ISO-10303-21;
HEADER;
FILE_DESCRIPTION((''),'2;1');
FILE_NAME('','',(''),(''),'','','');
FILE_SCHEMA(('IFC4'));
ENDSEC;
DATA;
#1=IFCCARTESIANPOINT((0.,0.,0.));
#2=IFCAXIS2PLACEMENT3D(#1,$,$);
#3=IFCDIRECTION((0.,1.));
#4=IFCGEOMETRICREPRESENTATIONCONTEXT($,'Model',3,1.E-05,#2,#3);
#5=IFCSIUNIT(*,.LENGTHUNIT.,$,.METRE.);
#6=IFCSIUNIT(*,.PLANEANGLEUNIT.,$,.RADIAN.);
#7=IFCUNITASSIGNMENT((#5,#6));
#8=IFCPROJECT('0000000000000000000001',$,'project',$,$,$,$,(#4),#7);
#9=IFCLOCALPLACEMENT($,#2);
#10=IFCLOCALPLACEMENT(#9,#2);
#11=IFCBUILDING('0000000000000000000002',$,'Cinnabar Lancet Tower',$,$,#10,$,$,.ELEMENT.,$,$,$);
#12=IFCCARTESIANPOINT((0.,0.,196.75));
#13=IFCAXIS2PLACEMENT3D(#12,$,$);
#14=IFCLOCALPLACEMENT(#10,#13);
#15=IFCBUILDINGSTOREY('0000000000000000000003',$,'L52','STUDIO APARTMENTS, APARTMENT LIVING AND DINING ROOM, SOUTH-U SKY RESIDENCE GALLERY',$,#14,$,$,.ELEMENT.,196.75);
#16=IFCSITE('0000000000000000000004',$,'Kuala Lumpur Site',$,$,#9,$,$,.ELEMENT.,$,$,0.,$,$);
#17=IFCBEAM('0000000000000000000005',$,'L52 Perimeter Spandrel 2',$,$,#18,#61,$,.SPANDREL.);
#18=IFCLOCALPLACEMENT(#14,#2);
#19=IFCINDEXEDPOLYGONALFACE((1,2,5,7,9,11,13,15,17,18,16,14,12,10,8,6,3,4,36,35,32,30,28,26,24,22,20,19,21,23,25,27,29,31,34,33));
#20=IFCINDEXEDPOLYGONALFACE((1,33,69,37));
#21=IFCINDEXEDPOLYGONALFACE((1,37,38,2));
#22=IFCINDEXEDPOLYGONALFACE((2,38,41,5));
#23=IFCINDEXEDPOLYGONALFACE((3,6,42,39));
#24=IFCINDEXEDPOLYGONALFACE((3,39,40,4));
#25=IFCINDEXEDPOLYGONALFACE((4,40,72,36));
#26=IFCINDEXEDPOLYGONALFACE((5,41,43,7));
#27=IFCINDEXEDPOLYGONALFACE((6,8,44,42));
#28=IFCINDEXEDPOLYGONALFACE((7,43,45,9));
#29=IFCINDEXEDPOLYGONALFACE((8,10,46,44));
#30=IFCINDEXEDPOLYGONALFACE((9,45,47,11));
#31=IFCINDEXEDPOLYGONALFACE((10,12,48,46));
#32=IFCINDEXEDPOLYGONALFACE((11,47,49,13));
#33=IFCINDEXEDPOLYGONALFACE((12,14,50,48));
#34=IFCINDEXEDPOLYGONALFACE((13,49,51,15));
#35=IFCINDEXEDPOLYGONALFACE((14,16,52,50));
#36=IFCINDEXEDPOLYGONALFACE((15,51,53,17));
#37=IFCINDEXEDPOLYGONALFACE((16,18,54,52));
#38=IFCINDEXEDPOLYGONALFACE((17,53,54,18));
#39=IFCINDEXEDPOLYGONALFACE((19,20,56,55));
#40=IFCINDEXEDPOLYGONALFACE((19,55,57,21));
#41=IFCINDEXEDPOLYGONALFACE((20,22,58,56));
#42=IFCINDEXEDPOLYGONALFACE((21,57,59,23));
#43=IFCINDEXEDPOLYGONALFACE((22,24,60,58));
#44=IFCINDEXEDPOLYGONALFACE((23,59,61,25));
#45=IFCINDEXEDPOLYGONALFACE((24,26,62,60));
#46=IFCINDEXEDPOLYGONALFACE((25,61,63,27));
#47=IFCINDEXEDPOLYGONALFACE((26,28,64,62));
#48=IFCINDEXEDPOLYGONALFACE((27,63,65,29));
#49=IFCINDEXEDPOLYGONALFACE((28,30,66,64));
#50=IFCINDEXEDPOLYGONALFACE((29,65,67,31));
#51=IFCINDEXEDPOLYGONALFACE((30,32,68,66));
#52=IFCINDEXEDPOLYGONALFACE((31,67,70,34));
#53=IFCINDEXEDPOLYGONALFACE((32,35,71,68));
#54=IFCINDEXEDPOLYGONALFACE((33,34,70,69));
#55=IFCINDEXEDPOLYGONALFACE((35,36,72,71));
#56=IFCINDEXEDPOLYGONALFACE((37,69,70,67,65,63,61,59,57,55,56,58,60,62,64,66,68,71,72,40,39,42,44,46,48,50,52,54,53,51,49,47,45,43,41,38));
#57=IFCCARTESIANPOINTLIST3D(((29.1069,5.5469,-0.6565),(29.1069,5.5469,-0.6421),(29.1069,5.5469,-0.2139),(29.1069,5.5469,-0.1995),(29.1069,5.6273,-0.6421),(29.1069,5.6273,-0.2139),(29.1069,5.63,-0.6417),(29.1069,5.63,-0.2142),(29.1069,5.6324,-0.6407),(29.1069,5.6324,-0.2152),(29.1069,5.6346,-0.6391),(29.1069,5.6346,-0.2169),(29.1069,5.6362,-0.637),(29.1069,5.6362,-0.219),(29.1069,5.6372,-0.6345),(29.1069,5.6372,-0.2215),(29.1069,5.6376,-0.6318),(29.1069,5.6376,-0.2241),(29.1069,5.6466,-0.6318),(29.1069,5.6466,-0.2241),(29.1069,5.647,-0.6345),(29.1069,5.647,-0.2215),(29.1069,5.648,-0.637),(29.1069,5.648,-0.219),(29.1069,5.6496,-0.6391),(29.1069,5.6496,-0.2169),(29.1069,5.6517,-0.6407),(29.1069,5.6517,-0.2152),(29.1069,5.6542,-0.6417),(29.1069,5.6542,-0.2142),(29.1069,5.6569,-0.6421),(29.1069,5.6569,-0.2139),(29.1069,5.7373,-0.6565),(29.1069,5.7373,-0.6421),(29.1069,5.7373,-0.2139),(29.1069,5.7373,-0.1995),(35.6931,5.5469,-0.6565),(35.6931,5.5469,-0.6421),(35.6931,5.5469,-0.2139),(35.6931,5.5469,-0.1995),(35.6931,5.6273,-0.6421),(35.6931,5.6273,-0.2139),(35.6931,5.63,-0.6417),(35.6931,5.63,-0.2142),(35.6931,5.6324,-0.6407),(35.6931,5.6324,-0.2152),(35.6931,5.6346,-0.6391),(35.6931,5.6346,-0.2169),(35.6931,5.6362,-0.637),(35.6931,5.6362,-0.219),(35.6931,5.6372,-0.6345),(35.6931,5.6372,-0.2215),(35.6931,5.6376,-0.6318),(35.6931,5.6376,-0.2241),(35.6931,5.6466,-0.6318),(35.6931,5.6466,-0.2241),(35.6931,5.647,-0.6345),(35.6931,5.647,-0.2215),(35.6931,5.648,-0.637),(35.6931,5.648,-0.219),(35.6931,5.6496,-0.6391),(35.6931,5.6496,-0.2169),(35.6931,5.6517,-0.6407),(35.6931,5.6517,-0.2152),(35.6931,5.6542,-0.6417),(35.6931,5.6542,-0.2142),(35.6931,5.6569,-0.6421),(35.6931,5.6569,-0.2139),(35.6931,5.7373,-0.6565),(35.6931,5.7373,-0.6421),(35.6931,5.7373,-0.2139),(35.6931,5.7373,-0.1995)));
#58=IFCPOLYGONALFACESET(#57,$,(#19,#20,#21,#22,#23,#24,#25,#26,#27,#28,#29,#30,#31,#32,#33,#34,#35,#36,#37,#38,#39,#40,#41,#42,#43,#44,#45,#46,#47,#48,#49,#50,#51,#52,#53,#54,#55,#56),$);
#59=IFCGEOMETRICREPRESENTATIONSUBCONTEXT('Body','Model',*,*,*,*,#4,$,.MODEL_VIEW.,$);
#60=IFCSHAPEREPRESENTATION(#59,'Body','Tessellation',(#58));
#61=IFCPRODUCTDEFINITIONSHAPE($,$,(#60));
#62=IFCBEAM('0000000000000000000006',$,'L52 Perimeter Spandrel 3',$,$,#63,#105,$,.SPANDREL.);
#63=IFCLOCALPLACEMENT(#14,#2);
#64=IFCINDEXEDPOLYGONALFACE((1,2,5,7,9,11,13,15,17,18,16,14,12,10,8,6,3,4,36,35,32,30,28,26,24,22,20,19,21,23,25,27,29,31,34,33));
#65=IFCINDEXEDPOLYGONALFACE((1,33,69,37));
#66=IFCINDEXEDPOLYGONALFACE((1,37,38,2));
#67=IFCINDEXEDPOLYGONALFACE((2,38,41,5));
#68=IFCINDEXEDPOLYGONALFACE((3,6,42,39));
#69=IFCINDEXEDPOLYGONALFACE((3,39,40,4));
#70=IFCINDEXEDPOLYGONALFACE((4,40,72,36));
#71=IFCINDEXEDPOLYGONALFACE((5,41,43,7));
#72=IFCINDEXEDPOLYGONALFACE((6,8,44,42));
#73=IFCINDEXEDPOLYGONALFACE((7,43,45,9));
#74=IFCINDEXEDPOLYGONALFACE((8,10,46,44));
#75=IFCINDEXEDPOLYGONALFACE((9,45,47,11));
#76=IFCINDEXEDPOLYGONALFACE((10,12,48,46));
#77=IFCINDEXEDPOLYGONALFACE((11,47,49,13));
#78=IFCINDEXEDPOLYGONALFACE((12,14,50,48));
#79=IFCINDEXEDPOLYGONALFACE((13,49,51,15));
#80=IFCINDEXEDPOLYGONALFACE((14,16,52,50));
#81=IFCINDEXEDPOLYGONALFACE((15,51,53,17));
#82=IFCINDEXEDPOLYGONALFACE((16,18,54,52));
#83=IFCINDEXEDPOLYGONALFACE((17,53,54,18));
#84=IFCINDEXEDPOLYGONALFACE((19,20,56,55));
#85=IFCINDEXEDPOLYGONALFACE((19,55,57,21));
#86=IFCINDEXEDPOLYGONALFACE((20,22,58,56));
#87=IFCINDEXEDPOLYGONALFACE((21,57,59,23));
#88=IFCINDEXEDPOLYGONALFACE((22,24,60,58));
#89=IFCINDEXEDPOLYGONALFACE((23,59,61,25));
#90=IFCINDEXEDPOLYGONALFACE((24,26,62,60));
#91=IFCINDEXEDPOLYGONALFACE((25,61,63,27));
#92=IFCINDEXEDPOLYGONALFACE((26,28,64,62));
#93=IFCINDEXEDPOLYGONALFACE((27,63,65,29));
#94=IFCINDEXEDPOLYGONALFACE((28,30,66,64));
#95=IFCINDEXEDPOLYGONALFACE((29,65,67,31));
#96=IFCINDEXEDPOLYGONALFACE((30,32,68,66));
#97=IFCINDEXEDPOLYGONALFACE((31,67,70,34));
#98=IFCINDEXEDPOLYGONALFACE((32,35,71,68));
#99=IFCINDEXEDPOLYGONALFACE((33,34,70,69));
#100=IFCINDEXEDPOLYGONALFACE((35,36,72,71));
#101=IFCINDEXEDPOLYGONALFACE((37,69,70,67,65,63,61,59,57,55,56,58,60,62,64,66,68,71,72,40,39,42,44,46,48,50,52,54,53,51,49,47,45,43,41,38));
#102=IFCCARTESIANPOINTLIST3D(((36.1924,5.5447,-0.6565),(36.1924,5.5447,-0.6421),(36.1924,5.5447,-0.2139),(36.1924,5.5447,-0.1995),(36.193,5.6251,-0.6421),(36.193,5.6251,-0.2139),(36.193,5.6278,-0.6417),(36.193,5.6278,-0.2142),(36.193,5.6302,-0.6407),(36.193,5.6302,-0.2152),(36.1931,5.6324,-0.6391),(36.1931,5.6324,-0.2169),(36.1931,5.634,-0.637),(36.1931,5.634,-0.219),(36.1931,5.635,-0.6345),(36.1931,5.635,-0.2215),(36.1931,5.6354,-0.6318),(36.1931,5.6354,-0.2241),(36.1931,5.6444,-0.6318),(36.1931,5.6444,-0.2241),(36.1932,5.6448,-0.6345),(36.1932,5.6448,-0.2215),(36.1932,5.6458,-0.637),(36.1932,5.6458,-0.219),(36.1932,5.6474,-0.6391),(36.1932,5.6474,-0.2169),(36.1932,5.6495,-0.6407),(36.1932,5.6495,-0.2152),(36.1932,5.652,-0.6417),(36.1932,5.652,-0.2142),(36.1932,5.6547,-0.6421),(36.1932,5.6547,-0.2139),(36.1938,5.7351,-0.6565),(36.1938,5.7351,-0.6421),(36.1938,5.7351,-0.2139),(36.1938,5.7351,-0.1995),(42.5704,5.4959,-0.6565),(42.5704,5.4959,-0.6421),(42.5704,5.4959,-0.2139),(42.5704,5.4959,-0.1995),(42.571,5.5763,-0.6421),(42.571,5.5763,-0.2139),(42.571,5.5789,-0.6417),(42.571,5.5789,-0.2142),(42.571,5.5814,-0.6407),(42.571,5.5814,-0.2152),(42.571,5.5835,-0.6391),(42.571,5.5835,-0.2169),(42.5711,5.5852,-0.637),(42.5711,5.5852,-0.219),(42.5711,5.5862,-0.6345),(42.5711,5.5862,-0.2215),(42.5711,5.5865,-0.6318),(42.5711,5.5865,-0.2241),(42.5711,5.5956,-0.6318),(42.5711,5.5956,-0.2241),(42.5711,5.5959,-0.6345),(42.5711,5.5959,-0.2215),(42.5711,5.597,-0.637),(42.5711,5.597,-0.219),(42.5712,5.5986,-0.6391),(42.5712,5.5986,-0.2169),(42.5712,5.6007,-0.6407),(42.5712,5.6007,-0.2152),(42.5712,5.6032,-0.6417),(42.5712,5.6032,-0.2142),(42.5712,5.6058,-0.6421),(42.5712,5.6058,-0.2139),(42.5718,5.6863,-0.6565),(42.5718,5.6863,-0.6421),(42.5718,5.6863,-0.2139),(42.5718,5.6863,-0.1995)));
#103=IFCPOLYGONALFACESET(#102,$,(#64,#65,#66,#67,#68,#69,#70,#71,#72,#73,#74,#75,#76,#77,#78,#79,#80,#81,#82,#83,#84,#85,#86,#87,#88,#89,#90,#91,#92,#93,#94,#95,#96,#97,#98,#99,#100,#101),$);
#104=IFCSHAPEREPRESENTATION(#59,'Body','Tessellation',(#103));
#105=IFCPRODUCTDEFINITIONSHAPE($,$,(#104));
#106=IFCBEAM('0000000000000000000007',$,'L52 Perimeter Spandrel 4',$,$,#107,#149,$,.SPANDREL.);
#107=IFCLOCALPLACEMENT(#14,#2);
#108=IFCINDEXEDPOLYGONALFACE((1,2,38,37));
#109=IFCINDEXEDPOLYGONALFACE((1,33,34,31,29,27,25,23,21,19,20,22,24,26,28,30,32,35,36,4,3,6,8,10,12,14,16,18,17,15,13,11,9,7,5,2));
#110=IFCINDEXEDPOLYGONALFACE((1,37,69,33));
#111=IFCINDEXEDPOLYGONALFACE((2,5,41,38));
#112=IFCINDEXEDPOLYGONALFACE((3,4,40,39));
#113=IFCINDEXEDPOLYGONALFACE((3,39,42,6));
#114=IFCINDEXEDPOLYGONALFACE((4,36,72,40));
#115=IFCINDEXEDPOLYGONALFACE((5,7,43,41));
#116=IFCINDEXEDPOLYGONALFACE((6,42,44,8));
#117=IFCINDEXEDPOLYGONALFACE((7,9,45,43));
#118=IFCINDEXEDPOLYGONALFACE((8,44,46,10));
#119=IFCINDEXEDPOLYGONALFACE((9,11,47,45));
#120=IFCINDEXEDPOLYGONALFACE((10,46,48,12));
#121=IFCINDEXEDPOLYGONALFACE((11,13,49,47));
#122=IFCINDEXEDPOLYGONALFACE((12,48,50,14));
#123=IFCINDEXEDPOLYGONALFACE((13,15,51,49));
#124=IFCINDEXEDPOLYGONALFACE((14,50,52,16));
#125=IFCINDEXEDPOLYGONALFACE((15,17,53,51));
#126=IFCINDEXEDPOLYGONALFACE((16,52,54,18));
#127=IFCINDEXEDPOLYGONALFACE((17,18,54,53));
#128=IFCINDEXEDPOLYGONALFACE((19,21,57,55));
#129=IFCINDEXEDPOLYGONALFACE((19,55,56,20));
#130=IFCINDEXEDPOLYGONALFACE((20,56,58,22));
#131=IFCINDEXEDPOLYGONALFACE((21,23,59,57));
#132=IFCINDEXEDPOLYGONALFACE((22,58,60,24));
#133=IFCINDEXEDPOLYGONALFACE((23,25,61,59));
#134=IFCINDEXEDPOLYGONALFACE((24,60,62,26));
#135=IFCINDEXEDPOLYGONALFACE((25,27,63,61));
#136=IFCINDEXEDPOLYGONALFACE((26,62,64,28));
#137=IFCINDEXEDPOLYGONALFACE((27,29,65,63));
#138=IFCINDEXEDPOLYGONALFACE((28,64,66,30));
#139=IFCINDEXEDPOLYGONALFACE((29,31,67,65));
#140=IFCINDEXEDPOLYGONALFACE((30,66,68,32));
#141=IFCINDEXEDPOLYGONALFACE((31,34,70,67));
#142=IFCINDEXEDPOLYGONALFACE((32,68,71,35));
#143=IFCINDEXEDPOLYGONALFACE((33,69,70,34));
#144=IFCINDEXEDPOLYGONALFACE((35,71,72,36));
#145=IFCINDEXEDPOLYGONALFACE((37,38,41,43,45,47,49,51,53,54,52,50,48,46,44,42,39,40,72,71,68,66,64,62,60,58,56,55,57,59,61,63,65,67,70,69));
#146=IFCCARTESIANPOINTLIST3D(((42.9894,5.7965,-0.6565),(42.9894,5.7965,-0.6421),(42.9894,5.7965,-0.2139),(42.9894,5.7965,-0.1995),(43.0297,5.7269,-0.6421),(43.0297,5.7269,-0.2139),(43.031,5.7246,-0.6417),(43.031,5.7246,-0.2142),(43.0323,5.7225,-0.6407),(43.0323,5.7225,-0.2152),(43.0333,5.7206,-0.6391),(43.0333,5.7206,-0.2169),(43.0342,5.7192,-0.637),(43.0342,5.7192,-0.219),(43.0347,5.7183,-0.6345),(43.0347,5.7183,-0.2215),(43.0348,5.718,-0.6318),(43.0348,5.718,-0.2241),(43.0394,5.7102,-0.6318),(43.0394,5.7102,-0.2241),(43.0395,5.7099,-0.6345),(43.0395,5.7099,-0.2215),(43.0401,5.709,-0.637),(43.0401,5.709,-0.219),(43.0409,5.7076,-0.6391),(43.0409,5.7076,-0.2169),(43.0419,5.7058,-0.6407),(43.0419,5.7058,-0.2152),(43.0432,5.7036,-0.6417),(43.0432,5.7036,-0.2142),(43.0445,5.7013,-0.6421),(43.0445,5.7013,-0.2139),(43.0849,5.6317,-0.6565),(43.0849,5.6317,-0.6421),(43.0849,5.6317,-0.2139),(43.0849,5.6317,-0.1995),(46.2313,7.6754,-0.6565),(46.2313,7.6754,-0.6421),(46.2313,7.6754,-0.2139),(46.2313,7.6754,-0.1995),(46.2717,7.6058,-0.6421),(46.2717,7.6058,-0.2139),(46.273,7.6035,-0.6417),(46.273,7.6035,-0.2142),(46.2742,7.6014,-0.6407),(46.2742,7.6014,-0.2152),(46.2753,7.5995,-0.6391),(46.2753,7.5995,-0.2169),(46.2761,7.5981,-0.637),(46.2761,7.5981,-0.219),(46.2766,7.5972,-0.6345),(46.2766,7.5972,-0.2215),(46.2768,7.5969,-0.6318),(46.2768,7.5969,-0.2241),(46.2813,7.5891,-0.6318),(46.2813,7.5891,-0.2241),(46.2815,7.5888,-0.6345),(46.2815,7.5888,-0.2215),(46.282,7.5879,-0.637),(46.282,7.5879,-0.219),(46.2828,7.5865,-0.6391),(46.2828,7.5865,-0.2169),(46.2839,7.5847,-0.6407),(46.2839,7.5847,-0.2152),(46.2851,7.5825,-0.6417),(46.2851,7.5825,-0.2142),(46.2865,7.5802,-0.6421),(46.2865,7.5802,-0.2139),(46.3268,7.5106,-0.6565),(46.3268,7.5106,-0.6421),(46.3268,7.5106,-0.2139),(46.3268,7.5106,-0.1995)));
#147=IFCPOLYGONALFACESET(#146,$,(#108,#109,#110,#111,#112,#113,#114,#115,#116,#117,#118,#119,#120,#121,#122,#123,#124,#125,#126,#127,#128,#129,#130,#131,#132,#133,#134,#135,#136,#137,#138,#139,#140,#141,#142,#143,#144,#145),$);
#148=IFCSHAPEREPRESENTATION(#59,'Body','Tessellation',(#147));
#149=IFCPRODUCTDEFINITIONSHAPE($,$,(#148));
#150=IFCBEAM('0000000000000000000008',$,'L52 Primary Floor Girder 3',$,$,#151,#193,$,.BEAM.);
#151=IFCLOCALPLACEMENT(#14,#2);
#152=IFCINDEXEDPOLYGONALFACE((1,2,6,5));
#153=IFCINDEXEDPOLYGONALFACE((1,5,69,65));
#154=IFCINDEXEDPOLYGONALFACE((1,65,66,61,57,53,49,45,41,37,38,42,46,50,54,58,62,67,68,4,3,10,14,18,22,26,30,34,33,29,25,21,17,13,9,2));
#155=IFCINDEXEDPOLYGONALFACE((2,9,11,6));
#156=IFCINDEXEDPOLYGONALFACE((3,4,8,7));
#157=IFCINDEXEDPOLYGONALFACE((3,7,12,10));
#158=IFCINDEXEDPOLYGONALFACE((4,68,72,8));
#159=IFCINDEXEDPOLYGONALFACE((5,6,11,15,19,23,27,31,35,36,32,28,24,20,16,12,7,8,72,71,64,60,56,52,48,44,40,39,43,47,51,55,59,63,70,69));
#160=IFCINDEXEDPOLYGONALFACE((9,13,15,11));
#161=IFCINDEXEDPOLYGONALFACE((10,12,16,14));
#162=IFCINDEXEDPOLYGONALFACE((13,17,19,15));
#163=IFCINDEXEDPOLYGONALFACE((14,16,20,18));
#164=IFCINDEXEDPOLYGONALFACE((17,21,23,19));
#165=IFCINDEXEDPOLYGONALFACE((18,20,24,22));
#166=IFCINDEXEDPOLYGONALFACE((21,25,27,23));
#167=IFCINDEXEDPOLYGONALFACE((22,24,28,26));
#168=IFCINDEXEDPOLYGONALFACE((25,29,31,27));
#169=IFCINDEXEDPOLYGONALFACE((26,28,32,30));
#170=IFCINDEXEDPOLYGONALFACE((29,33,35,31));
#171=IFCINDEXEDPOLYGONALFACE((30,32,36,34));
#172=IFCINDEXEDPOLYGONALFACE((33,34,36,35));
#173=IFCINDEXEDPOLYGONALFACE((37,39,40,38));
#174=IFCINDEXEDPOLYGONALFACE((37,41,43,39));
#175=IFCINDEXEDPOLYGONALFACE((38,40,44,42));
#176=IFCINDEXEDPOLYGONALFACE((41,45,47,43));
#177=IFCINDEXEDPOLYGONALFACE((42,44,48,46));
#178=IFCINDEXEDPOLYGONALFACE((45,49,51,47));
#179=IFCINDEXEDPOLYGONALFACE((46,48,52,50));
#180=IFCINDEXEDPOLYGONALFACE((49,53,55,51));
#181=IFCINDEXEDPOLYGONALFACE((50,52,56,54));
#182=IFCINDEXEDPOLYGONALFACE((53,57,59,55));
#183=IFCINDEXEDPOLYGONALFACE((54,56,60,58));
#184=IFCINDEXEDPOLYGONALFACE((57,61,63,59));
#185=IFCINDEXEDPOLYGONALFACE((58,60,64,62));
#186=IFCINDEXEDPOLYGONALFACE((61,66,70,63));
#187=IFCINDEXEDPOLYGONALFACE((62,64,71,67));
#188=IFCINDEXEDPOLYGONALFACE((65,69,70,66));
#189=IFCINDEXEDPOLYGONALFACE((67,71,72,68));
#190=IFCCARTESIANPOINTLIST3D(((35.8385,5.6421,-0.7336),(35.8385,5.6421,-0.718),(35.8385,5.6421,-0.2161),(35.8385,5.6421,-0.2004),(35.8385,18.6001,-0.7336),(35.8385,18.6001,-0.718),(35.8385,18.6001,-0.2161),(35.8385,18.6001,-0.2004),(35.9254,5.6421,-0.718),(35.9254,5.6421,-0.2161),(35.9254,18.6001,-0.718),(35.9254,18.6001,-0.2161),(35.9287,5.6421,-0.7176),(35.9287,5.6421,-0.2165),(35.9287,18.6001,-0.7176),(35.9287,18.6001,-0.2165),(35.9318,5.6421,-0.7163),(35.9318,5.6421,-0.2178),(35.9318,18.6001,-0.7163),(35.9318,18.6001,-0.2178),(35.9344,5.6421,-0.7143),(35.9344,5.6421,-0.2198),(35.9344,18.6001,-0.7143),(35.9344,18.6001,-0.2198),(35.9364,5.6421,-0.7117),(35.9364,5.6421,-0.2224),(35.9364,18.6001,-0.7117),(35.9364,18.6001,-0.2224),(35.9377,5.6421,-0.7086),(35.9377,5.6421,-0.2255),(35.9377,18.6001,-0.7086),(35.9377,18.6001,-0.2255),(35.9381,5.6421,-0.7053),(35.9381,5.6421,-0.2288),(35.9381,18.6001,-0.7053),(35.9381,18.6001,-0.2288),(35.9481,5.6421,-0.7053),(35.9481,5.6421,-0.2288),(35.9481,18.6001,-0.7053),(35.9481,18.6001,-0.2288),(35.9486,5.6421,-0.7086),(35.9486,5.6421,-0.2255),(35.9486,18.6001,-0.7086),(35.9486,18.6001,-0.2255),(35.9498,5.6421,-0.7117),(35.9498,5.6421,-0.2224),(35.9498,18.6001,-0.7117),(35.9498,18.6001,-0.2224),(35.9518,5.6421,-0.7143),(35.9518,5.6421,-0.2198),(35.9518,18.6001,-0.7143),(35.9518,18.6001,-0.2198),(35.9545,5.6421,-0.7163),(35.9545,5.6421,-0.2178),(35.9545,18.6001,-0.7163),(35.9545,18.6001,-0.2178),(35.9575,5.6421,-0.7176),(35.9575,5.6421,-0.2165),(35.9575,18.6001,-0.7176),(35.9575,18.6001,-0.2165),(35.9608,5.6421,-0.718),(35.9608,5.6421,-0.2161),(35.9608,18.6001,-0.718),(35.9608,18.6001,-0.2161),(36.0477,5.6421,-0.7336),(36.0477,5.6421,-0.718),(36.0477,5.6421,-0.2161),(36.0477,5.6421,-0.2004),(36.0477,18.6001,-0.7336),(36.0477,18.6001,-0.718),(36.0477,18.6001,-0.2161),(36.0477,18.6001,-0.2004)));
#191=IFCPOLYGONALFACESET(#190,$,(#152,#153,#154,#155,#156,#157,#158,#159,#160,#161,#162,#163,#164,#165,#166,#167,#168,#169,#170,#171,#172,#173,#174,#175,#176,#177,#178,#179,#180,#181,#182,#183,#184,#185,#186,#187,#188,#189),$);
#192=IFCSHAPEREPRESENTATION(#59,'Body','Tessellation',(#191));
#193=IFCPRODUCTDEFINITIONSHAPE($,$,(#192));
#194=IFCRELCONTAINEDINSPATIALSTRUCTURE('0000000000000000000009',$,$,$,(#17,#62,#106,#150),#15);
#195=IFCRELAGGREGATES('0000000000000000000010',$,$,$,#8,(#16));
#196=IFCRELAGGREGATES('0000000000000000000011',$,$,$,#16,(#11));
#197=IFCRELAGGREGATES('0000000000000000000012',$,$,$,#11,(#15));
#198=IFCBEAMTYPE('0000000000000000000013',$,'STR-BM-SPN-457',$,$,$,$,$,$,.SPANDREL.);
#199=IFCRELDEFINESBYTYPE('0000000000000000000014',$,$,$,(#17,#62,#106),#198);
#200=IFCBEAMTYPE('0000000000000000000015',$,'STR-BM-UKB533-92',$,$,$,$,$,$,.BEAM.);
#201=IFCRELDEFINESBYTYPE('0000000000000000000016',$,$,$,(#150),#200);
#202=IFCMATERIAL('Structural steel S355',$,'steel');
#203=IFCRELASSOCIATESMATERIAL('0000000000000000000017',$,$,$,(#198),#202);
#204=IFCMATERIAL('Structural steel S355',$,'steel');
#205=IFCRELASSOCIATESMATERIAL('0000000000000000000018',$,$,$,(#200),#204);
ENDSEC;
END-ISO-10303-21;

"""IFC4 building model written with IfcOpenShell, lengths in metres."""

from ifc_helpers import new_model, si_unit, direction, frame, origin, origin_2d, place, context, subcontext, project, spatial, i_section, extrude, material, material_profile, profile_set, type_object, element, save


model = new_model("IFC4")

# Units and contexts
model_context = context("Model", 3, precision=1e-05, world=origin(), true_north=direction((0.0, 1.0)))
body_context = subcontext(model_context, "Body", "Model", "MODEL_VIEW")
ifc_project = project(units=[si_unit("LENGTHUNIT", "METRE"), si_unit("PLANEANGLEUNIT", "RADIAN")], contexts=[model_context])

# Site, building, storey
site_placement = place(None, origin())
site = spatial("IfcSite", under=ifc_project, at=site_placement, Name="Kuala Lumpur Site", CompositionType="ELEMENT", RefElevation=0.0)
building_placement = place(site_placement, origin())
building = spatial("IfcBuilding", under=site, at=building_placement, Name="Cinnabar Lancet Tower", CompositionType="ELEMENT")
storey_placement = place(building_placement, frame((0.0, 0.0, 196.75)))
storey = spatial("IfcBuildingStorey", under=building, at=storey_placement, Name="L52", Description="STUDIO APARTMENTS, APARTMENT LIVING AND DINING ROOM, SOUTH-U SKY RESIDENCE GALLERY", CompositionType="ELEMENT", Elevation=196.75)

# Beams
ifc_material_1 = material(Name="Structural steel S355", Category="steel")
ifc_material_profile_1 = material_profile(ifc_material_1, i_section(OverallWidth=0.1904, OverallDepth=0.457, WebThickness=0.009, FlangeThickness=0.0144, FilletRadius=0.0103, at=origin_2d()), Name="UKB 457x191x74")
ifc_profile_set_1 = profile_set([ifc_material_profile_1], Name="Structural steel S355")
beam_type_1 = type_object("IfcBeamType", Name="STR-BM-SPN-457", PredefinedType="SPANDREL", material=ifc_profile_set_1)
beam_1_placement = place(storey_placement, frame((29.1069, 5.6421, -0.428), z_axis=(1.0, 0.0, 0.0), x_axis=(0.0, 1.0, 0.0)))
element("IfcBeam", 1, at=beam_1_placement, inside=storey, type_object=beam_type_1, Name="L52 Perimeter Spandrel 2", PredefinedType="SPANDREL", context=body_context, shape_type="SweptSolid", body=[
    extrude(i_section(OverallWidth=0.1904, OverallDepth=0.457, WebThickness=0.009, FlangeThickness=0.0144, FilletRadius=0.0103, at=origin_2d()), origin(), (0.0, 0.0, 1.0), 6.5862),
])
beam_2_placement = place(storey_placement, frame((36.1931, 5.6399, -0.428), z_axis=(0.999971, -0.007656, 0.0), x_axis=(0.007656, 0.999971, 0.0)))
element("IfcBeam", 2, at=beam_2_placement, inside=storey, type_object=beam_type_1, Name="L52 Perimeter Spandrel 3", PredefinedType="SPANDREL", context=body_context, shape_type="SweptSolid", body=[
    extrude(i_section(OverallWidth=0.1904, OverallDepth=0.457, WebThickness=0.009, FlangeThickness=0.0144, FilletRadius=0.0103, at=origin_2d()), origin(), (0.0, 0.0, 1.0), 6.3782),
])
beam_3_placement = place(storey_placement, frame((43.0371, 5.7141, -0.428), z_axis=(0.865196, 0.501434, 0.0), x_axis=(-0.501434, 0.865196, 0.0)))
element("IfcBeam", 3, at=beam_3_placement, inside=storey, type_object=beam_type_1, Name="L52 Perimeter Spandrel 4", PredefinedType="SPANDREL", context=body_context, shape_type="SweptSolid", body=[
    extrude(i_section(OverallWidth=0.1904, OverallDepth=0.457, WebThickness=0.009, FlangeThickness=0.0144, FilletRadius=0.0103, at=origin_2d()), origin(), (0.0, 0.0, 1.0), 3.7471),
])
ifc_material_2 = material(Name="Structural steel S355", Category="steel")
ifc_material_profile_2 = material_profile(ifc_material_2, i_section(OverallWidth=0.2092, OverallDepth=0.5332, WebThickness=0.01, FlangeThickness=0.0156, FilletRadius=0.0127, at=origin_2d()), Name="UKB 533x210x92")
ifc_profile_set_2 = profile_set([ifc_material_profile_2], Name="Structural steel S355")
beam_type_2 = type_object("IfcBeamType", Name="STR-BM-UKB533-92", PredefinedType="BEAM", material=ifc_profile_set_2)
beam_4_placement = place(storey_placement, frame((35.9431, 5.6421, -0.467), z_axis=(0.0, 1.0, 0.0), x_axis=(-1.0, 0.0, 0.0)))
element("IfcBeam", 4, at=beam_4_placement, inside=storey, type_object=beam_type_2, Name="L52 Primary Floor Girder 3", PredefinedType="BEAM", context=body_context, shape_type="SweptSolid", body=[
    extrude(i_section(OverallWidth=0.2092, OverallDepth=0.5332, WebThickness=0.01, FlangeThickness=0.0156, FilletRadius=0.0127, at=origin_2d()), origin(), (0.0, 0.0, 1.0), 12.958),
])

save(model, "model.ifc")
